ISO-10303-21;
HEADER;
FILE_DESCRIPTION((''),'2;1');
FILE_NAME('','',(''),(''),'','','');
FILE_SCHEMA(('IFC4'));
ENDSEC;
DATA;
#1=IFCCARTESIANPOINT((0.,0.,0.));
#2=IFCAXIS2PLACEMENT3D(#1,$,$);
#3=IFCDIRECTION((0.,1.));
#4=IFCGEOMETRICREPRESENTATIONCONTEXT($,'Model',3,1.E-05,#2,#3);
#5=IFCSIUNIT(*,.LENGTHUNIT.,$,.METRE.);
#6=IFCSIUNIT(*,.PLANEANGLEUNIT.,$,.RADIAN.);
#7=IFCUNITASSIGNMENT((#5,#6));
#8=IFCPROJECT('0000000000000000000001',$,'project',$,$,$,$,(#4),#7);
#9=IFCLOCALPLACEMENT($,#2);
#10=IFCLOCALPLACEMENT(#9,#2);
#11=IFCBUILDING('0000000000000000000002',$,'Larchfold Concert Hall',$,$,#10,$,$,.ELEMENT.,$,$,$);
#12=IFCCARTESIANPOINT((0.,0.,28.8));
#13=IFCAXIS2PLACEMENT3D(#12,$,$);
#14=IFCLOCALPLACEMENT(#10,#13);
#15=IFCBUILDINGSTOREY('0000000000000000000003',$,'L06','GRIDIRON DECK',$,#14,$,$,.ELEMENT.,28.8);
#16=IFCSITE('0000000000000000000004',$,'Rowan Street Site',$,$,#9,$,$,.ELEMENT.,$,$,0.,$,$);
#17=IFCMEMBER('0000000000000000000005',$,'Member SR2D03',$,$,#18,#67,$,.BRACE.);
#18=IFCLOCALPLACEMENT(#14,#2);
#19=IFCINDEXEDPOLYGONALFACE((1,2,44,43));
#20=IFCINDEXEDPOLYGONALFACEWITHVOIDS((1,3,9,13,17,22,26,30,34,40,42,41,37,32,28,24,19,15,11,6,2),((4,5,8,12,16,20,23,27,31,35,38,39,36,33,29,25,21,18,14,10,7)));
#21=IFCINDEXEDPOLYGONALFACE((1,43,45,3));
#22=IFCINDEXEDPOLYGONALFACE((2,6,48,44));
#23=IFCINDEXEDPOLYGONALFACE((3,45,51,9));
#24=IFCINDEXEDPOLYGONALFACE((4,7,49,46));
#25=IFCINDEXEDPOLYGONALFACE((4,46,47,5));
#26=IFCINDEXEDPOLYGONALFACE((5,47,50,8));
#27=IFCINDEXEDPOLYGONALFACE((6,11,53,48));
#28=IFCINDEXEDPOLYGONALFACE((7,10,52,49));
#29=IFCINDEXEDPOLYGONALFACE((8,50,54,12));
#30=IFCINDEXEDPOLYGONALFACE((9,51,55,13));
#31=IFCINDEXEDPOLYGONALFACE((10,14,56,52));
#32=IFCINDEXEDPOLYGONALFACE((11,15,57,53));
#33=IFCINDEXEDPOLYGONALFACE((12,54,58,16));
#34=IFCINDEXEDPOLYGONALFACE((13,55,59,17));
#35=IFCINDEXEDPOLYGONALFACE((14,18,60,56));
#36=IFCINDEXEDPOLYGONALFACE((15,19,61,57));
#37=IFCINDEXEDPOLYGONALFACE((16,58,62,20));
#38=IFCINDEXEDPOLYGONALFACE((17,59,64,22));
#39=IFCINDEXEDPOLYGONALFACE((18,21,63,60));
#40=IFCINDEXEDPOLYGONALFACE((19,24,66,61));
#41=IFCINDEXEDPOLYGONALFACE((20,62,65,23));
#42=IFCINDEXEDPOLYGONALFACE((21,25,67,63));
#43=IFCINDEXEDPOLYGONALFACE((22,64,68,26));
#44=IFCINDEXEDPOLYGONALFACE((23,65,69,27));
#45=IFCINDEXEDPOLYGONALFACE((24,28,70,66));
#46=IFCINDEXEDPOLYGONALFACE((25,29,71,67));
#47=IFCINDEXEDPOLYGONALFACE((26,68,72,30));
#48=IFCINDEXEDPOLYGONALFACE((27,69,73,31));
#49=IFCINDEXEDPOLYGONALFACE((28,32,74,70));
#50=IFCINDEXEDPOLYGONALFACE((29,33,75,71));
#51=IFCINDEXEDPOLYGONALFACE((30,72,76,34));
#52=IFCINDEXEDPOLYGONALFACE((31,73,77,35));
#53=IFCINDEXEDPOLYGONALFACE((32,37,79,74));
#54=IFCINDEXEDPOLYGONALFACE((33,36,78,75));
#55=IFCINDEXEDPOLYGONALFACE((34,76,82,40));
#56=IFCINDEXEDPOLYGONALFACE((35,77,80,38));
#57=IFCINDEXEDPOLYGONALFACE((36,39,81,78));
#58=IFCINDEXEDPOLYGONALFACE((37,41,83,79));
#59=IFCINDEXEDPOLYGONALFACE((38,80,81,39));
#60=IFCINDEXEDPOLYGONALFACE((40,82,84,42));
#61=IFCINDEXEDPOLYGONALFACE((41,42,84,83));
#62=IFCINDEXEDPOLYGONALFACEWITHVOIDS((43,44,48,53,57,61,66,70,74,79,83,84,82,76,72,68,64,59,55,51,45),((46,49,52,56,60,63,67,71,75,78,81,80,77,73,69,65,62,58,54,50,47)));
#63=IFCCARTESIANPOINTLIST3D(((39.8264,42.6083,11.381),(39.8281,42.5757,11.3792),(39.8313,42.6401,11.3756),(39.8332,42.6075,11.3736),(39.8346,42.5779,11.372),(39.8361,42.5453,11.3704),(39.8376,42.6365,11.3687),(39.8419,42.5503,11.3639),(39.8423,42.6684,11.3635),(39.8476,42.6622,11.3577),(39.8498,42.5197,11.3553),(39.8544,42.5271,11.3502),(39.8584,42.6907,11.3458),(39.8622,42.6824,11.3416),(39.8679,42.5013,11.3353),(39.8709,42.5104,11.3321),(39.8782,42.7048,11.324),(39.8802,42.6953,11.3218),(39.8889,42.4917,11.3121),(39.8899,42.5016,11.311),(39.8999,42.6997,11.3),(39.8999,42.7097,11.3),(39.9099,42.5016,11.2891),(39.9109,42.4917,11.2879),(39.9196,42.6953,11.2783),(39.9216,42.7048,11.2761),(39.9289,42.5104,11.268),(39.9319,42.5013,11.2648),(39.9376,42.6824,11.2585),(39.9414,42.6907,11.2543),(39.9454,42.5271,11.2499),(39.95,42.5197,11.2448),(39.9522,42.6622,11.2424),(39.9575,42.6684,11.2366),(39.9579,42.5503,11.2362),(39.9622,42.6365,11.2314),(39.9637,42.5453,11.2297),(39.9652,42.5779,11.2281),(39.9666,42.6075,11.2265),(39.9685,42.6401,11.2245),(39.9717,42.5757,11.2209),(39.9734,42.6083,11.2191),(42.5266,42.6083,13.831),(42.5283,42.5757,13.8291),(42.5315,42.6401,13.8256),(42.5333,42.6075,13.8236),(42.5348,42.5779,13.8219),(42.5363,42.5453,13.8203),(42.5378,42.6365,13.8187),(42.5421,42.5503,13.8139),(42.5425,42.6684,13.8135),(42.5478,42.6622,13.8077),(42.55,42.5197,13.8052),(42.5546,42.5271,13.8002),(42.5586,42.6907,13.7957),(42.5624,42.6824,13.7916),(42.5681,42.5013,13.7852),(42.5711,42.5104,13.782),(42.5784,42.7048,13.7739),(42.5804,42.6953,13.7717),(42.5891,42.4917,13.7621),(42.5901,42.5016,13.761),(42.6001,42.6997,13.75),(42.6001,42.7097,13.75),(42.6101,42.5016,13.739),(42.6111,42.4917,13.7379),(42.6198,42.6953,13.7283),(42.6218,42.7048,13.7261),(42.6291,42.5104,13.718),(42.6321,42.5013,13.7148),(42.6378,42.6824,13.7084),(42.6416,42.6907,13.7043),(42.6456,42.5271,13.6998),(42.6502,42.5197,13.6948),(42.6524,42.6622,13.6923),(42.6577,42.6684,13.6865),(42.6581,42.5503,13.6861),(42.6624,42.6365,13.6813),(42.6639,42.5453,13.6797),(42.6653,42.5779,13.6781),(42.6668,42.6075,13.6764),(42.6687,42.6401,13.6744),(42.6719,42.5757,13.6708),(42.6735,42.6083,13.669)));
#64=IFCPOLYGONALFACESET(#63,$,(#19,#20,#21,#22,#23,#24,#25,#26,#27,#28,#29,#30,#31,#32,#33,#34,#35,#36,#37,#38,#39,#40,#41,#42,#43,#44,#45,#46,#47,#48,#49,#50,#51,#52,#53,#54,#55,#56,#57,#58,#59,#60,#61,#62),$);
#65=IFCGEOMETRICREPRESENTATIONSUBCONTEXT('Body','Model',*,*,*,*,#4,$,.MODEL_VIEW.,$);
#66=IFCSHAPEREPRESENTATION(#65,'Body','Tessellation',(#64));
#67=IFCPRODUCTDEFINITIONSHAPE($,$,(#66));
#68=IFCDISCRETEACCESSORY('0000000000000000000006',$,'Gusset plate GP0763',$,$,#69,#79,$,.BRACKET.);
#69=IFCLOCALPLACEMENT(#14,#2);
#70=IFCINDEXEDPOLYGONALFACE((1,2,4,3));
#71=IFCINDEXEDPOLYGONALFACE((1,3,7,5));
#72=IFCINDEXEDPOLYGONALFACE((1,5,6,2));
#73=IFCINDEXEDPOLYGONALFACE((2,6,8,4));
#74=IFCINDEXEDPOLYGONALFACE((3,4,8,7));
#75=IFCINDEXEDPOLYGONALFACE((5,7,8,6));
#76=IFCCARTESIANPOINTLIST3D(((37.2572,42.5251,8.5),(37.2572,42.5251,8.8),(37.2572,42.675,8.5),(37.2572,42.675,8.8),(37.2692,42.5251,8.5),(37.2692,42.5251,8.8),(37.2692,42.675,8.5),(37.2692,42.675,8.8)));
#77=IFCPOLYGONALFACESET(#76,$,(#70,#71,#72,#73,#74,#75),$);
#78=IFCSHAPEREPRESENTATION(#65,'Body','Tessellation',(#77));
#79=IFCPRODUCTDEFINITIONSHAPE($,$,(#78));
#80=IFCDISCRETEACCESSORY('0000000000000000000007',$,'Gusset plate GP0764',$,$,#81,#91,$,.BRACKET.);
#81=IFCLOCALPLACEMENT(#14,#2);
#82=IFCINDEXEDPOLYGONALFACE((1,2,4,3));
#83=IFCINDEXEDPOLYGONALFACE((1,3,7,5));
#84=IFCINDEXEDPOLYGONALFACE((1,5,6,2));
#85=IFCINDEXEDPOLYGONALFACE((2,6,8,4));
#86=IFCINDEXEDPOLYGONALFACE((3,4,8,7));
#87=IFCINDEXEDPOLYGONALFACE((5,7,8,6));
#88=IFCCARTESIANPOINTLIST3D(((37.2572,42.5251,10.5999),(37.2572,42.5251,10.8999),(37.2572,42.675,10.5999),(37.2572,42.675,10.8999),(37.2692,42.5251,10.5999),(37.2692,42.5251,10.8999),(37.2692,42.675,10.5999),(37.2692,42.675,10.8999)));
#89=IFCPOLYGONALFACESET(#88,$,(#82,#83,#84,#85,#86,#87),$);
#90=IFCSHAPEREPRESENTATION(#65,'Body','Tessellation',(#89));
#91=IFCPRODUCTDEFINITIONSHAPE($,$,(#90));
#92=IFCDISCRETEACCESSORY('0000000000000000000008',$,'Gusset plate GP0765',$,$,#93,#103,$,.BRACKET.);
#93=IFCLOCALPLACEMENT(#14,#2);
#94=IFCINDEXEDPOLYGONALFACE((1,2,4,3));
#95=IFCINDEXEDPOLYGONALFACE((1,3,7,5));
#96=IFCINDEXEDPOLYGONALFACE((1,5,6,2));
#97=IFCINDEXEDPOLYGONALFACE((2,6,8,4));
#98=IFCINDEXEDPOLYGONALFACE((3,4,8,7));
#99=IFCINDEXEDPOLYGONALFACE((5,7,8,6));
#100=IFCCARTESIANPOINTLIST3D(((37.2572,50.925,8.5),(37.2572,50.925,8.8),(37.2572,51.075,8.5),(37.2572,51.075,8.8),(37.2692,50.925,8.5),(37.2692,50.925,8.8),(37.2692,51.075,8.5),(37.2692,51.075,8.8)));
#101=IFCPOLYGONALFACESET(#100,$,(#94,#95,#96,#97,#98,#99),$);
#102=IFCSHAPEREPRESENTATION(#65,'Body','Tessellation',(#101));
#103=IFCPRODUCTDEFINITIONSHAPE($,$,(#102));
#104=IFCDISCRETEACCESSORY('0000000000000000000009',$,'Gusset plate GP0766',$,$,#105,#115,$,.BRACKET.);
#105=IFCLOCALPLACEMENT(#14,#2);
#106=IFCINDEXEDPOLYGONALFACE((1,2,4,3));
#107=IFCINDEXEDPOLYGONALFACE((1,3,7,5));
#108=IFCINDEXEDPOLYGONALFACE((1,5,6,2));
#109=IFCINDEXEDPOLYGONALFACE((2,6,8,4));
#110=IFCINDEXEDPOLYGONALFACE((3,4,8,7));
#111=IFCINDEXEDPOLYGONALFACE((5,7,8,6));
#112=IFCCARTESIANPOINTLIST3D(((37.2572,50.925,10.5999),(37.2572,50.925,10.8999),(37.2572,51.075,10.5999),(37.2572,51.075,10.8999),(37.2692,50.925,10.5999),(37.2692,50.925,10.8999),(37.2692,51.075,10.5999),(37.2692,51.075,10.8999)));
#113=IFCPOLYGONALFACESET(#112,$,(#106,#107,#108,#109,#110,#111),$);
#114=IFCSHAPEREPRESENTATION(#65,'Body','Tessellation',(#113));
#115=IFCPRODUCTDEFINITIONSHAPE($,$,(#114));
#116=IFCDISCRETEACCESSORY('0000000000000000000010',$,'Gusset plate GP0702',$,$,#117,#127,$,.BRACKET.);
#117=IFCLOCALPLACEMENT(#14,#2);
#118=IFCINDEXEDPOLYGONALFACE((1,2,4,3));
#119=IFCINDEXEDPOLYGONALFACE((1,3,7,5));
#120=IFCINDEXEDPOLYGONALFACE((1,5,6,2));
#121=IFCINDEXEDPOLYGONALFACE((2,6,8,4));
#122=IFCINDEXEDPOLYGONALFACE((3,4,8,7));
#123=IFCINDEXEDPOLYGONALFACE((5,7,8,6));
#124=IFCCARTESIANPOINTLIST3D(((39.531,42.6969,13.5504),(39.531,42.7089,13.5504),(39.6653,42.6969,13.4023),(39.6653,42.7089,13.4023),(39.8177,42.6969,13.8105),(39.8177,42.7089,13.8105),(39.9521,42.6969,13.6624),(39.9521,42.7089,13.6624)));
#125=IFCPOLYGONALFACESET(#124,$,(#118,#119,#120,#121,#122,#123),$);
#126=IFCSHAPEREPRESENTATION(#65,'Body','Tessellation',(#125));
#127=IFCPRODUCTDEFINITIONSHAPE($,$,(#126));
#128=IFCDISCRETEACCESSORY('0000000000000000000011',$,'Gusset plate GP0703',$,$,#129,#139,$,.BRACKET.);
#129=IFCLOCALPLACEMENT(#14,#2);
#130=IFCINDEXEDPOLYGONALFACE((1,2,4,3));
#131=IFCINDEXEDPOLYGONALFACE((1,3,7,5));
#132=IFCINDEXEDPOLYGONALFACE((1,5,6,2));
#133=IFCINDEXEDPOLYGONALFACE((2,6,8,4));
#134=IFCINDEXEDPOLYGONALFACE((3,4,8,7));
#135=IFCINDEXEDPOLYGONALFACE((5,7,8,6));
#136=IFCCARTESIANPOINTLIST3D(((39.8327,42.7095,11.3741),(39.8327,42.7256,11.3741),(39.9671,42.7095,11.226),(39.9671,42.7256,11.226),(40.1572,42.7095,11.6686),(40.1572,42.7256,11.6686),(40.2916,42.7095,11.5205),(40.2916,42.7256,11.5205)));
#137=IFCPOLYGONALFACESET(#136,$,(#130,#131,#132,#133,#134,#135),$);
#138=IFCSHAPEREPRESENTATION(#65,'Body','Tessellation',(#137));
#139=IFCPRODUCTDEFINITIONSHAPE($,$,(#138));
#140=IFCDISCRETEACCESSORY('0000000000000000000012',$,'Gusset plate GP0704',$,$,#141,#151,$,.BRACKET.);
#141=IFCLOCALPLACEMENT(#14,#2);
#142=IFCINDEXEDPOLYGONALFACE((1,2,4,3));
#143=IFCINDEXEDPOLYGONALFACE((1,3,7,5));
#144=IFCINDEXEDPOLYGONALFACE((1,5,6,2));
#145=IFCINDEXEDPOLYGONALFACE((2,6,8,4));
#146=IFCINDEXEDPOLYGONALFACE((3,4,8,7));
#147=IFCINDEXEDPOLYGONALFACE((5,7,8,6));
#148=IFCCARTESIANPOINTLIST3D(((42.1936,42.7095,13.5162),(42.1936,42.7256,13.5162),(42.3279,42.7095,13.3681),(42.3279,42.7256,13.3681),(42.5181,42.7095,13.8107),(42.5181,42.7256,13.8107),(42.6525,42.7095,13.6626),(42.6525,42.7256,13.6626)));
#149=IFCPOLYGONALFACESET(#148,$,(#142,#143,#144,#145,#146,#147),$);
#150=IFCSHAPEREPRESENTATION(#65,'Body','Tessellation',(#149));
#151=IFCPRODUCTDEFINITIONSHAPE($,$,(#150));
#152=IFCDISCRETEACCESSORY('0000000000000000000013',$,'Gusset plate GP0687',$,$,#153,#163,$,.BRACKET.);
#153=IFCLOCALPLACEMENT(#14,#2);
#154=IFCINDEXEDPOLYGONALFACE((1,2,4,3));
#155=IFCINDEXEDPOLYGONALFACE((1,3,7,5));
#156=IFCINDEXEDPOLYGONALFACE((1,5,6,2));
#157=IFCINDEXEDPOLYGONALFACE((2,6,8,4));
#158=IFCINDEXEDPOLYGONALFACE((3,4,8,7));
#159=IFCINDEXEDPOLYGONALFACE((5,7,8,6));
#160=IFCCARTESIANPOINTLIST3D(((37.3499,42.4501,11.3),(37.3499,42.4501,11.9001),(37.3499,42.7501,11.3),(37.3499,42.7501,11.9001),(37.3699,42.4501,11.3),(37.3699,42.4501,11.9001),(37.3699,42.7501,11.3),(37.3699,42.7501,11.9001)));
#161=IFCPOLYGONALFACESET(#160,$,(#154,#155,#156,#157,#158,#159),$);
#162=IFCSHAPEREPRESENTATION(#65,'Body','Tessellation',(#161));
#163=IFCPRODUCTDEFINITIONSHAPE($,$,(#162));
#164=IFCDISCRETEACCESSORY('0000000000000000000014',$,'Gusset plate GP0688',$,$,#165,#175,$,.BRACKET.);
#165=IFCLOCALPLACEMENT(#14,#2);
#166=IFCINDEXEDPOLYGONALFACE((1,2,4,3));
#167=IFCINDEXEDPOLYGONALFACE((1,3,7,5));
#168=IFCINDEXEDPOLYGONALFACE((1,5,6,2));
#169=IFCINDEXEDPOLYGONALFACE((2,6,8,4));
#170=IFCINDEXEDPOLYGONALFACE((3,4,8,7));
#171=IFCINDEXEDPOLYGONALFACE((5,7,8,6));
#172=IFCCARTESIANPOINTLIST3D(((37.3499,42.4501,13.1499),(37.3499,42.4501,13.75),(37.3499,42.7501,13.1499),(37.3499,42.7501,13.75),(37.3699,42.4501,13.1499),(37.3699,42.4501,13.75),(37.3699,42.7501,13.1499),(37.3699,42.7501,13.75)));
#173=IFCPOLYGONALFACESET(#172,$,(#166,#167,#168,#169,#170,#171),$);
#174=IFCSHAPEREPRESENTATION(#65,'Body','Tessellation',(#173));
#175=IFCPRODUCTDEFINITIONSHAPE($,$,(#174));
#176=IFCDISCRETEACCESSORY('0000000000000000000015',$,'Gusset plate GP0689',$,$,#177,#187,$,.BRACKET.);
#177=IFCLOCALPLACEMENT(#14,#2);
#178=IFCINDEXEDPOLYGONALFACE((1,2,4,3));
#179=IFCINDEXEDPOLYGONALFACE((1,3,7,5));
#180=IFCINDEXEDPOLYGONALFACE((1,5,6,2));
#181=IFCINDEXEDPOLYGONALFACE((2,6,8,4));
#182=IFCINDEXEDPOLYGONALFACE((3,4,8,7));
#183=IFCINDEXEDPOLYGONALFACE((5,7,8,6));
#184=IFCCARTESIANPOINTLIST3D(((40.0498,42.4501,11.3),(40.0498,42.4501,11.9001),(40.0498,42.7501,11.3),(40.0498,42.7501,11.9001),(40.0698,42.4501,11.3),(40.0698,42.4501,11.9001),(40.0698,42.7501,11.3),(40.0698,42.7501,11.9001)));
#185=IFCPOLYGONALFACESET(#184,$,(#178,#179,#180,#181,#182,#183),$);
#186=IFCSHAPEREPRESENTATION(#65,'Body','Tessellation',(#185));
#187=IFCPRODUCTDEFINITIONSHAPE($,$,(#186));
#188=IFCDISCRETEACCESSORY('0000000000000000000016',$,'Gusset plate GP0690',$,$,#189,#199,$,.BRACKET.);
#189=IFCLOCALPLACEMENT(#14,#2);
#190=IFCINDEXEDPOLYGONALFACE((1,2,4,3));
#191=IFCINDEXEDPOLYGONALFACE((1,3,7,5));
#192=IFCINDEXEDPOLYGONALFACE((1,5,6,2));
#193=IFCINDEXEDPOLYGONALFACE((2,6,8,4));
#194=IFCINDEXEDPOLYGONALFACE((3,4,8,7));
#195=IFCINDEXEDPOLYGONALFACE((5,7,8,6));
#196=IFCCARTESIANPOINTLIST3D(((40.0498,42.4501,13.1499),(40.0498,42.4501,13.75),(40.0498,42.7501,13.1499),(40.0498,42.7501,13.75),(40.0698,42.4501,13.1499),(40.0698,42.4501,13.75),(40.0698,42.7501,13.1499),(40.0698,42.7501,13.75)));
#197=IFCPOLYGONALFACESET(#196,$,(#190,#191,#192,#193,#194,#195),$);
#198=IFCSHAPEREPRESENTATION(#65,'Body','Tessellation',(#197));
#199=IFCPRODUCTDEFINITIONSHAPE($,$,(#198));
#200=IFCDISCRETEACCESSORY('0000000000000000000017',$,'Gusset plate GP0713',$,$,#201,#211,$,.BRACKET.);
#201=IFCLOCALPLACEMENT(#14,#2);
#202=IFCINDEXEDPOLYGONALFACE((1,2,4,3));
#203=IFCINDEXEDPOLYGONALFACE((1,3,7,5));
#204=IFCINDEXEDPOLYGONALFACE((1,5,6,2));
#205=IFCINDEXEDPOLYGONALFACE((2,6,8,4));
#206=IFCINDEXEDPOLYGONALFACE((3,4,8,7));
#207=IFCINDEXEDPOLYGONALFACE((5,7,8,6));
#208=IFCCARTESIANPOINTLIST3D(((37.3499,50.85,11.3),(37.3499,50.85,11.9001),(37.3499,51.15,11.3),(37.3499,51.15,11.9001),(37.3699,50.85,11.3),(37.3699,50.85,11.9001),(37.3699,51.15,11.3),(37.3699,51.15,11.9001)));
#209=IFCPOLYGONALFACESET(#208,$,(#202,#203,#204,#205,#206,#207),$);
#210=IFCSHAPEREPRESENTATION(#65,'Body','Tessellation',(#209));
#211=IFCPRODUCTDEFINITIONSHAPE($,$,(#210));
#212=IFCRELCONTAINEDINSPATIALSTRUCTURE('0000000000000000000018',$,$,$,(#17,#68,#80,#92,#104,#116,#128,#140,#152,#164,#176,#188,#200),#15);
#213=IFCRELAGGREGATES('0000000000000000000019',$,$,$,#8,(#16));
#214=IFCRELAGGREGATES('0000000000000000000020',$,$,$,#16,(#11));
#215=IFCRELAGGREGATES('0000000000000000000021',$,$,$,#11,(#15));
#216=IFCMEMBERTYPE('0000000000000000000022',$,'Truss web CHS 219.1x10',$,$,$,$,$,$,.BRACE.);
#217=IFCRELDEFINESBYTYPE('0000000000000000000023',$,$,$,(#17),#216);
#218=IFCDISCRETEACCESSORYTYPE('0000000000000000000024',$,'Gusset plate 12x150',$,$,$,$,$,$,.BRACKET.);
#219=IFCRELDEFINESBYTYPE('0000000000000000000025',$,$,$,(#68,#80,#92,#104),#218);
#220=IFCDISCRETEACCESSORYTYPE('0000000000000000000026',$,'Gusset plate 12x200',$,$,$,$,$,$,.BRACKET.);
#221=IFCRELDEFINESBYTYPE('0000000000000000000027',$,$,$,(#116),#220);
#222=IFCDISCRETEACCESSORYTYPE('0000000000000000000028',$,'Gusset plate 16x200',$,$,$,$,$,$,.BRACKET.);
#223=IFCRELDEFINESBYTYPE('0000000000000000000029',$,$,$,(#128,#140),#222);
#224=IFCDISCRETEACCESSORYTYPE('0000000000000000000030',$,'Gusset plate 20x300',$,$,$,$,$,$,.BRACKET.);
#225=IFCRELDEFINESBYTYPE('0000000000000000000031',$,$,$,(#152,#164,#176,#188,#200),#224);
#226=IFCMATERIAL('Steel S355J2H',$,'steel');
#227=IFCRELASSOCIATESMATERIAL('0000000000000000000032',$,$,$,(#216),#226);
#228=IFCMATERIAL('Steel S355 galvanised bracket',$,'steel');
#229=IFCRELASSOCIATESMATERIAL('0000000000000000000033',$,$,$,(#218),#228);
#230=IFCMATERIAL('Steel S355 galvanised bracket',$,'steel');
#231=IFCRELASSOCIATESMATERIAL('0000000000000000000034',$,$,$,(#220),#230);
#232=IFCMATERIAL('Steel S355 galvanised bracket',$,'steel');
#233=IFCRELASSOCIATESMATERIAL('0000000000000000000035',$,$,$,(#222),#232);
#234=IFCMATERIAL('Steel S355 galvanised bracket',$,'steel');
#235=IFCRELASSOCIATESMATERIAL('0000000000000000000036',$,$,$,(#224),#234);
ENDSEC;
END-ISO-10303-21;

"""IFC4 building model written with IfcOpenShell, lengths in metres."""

from ifc_helpers import new_model, si_unit, direction, frame, origin, origin_2d, place, context, subcontext, project, spatial, rectangle, hollow_circle, extrude, material, material_profile, profile_set, type_object, element, save


model = new_model("IFC4")

# Units and contexts
model_context = context("Model", 3, precision=1e-05, world=origin(), true_north=direction((0.0, 1.0)))
body_context = subcontext(model_context, "Body", "Model", "MODEL_VIEW")
ifc_project = project(units=[si_unit("LENGTHUNIT", "METRE"), si_unit("PLANEANGLEUNIT", "RADIAN")], contexts=[model_context])

# Site, building, storey
site_placement = place(None, origin())
site = spatial("IfcSite", under=ifc_project, at=site_placement, Name="Rowan Street Site", CompositionType="ELEMENT", RefElevation=0.0)
building_placement = place(site_placement, origin())
building = spatial("IfcBuilding", under=site, at=building_placement, Name="Larchfold Concert Hall", CompositionType="ELEMENT")
storey_placement = place(building_placement, frame((0.0, 0.0, 28.8)))
storey = spatial("IfcBuildingStorey", under=building, at=storey_placement, Name="L06", Description="GRIDIRON DECK", CompositionType="ELEMENT", Elevation=28.8)

# Member
ifc_material_1 = material(Name="Steel S355J2H", Category="steel")
ifc_material_profile_1 = material_profile(ifc_material_1, hollow_circle(Radius=0.1096, WallThickness=0.01, at=origin_2d()))
ifc_profile_set_1 = profile_set([ifc_material_profile_1], Name="Steel S355J2H")
member_type_1 = type_object("IfcMemberType", Name="Truss web CHS 219.1x10", PredefinedType="BRACE", material=ifc_profile_set_1)
member_1_placement = place(storey_placement, frame((39.8999, 42.6001, 11.3), z_axis=(0.740591, 0.0, 0.671956), x_axis=(0.0, 1.0, 0.0)))
element("IfcMember", 1, at=member_1_placement, inside=storey, type_object=member_type_1, Name="Member SR2D03", PredefinedType="BRACE", context=body_context, shape_type="SweptSolid", body=[
    extrude(hollow_circle(Radius=0.1096, WallThickness=0.01, at=origin_2d()), origin(), (0.0, 0.0, 1.0), 3.646),
])

# Discrete accessories
ifc_material_2 = material(Name="Steel S355 galvanised bracket", Category="steel")
ifc_material_profile_2 = material_profile(ifc_material_2, rectangle(XDim=0.012, YDim=0.1499, at=origin_2d()))
ifc_profile_set_2 = profile_set([ifc_material_profile_2], Name="Steel S355 galvanised bracket")
discrete_accessory_type_1 = type_object("IfcDiscreteAccessoryType", Name="Gusset plate 12x150", PredefinedType="BRACKET", material=ifc_profile_set_2)
for number, where, z_axis, x_axis, name in (
    (2, (37.2632, 42.6001, 8.5), (0.0, 0.0, 1.0), (1.0, 0.0, 0.0), "Gusset plate GP0763"),
    (3, (37.2632, 42.6001, 10.5999), (0.0, 0.0, 1.0), (1.0, 0.0, 0.0), "Gusset plate GP0764"),
    (4, (37.2632, 51.0, 8.5), (0.0, 0.0, 1.0), (1.0, 0.0, 0.0), "Gusset plate GP0765"),
    (5, (37.2632, 51.0, 10.5999), (0.0, 0.0, 1.0), (1.0, 0.0, 0.0), "Gusset plate GP0766"),
):
    element("IfcDiscreteAccessory", number, at=place(storey_placement, frame(where, z_axis=z_axis, x_axis=x_axis)), inside=storey, type_object=discrete_accessory_type_1, Name=name, PredefinedType="BRACKET", context=body_context, shape_type="SweptSolid", body=[
        extrude(rectangle(XDim=0.012, YDim=0.1499, at=origin_2d()), origin(), (0.0, 0.0, 1.0), 0.3),
    ])
ifc_material_3 = material(Name="Steel S355 galvanised bracket", Category="steel")
ifc_material_profile_3 = material_profile(ifc_material_3, rectangle(XDim=0.012, YDim=0.2, at=origin_2d()))
ifc_profile_set_3 = profile_set([ifc_material_profile_3], Name="Steel S355 galvanised bracket")
discrete_accessory_type_2 = type_object("IfcDiscreteAccessoryType", Name="Gusset plate 12x200", PredefinedType="BRACKET", material=ifc_profile_set_3)
discrete_accessory_placement = place(storey_placement, frame((39.5981, 42.7029, 13.4763), z_axis=(0.740624, 0.0, 0.671919), x_axis=(0.0, 1.0, 0.0)))
element("IfcDiscreteAccessory", 6, at=discrete_accessory_placement, inside=storey, type_object=discrete_accessory_type_2, Name="Gusset plate GP0702", PredefinedType="BRACKET", context=body_context, shape_type="SweptSolid", body=[
    extrude(rectangle(XDim=0.012, YDim=0.2, at=origin_2d()), origin(), (0.0, 0.0, 1.0), 0.3872),
])
ifc_material_4 = material(Name="Steel S355 galvanised bracket", Category="steel")
ifc_material_profile_4 = material_profile(ifc_material_4, rectangle(XDim=0.0161, YDim=0.2, at=origin_2d()))
ifc_profile_set_4 = profile_set([ifc_material_profile_4], Name="Steel S355 galvanised bracket")
discrete_accessory_type_3 = type_object("IfcDiscreteAccessoryType", Name="Gusset plate 16x200", PredefinedType="BRACKET", material=ifc_profile_set_4)
for number, where, z_axis, x_axis, name in (
    (7, (39.8999, 42.7175, 11.3), (0.740545, 0.0, 0.672007), (0.0, 1.0, 0.0), "Gusset plate GP0703"),
    (8, (42.2607, 42.7175, 13.4421), (0.740545, 0.0, 0.672007), (0.0, 1.0, 0.0), "Gusset plate GP0704"),
):
    element("IfcDiscreteAccessory", number, at=place(storey_placement, frame(where, z_axis=z_axis, x_axis=x_axis)), inside=storey, type_object=discrete_accessory_type_3, Name=name, PredefinedType="BRACKET", context=body_context, shape_type="SweptSolid", body=[
        extrude(rectangle(XDim=0.0161, YDim=0.2, at=origin_2d()), origin(), (0.0, 0.0, 1.0), 0.4382),
    ])
ifc_material_5 = material(Name="Steel S355 galvanised bracket", Category="steel")
ifc_material_profile_5 = material_profile(ifc_material_5, rectangle(XDim=0.02, YDim=0.3, at=origin_2d()))
ifc_profile_set_5 = profile_set([ifc_material_profile_5], Name="Steel S355 galvanised bracket")
discrete_accessory_type_4 = type_object("IfcDiscreteAccessoryType", Name="Gusset plate 20x300", PredefinedType="BRACKET", material=ifc_profile_set_5)
for number, where, z_axis, x_axis, name in (
    (9, (37.3599, 42.6001, 11.3), (0.0, 0.0, 1.0), (1.0, 0.0, 0.0), "Gusset plate GP0687"),
    (10, (37.3599, 42.6001, 13.1499), (0.0, 0.0, 1.0), (1.0, 0.0, 0.0), "Gusset plate GP0688"),
    (11, (40.0598, 42.6001, 11.3), (0.0, 0.0, 1.0), (1.0, 0.0, 0.0), "Gusset plate GP0689"),
    (12, (40.0598, 42.6001, 13.1499), (0.0, 0.0, 1.0), (1.0, 0.0, 0.0), "Gusset plate GP0690"),
    (13, (37.3599, 51.0, 11.3), (0.0, 0.0, 1.0), (1.0, 0.0, 0.0), "Gusset plate GP0713"),
):
    element("IfcDiscreteAccessory", number, at=place(storey_placement, frame(where, z_axis=z_axis, x_axis=x_axis)), inside=storey, type_object=discrete_accessory_type_4, Name=name, PredefinedType="BRACKET", context=body_context, shape_type="SweptSolid", body=[
        extrude(rectangle(XDim=0.02, YDim=0.3, at=origin_2d()), origin(), (0.0, 0.0, 1.0), 0.6001),
    ])

save(model, "model.ifc")
